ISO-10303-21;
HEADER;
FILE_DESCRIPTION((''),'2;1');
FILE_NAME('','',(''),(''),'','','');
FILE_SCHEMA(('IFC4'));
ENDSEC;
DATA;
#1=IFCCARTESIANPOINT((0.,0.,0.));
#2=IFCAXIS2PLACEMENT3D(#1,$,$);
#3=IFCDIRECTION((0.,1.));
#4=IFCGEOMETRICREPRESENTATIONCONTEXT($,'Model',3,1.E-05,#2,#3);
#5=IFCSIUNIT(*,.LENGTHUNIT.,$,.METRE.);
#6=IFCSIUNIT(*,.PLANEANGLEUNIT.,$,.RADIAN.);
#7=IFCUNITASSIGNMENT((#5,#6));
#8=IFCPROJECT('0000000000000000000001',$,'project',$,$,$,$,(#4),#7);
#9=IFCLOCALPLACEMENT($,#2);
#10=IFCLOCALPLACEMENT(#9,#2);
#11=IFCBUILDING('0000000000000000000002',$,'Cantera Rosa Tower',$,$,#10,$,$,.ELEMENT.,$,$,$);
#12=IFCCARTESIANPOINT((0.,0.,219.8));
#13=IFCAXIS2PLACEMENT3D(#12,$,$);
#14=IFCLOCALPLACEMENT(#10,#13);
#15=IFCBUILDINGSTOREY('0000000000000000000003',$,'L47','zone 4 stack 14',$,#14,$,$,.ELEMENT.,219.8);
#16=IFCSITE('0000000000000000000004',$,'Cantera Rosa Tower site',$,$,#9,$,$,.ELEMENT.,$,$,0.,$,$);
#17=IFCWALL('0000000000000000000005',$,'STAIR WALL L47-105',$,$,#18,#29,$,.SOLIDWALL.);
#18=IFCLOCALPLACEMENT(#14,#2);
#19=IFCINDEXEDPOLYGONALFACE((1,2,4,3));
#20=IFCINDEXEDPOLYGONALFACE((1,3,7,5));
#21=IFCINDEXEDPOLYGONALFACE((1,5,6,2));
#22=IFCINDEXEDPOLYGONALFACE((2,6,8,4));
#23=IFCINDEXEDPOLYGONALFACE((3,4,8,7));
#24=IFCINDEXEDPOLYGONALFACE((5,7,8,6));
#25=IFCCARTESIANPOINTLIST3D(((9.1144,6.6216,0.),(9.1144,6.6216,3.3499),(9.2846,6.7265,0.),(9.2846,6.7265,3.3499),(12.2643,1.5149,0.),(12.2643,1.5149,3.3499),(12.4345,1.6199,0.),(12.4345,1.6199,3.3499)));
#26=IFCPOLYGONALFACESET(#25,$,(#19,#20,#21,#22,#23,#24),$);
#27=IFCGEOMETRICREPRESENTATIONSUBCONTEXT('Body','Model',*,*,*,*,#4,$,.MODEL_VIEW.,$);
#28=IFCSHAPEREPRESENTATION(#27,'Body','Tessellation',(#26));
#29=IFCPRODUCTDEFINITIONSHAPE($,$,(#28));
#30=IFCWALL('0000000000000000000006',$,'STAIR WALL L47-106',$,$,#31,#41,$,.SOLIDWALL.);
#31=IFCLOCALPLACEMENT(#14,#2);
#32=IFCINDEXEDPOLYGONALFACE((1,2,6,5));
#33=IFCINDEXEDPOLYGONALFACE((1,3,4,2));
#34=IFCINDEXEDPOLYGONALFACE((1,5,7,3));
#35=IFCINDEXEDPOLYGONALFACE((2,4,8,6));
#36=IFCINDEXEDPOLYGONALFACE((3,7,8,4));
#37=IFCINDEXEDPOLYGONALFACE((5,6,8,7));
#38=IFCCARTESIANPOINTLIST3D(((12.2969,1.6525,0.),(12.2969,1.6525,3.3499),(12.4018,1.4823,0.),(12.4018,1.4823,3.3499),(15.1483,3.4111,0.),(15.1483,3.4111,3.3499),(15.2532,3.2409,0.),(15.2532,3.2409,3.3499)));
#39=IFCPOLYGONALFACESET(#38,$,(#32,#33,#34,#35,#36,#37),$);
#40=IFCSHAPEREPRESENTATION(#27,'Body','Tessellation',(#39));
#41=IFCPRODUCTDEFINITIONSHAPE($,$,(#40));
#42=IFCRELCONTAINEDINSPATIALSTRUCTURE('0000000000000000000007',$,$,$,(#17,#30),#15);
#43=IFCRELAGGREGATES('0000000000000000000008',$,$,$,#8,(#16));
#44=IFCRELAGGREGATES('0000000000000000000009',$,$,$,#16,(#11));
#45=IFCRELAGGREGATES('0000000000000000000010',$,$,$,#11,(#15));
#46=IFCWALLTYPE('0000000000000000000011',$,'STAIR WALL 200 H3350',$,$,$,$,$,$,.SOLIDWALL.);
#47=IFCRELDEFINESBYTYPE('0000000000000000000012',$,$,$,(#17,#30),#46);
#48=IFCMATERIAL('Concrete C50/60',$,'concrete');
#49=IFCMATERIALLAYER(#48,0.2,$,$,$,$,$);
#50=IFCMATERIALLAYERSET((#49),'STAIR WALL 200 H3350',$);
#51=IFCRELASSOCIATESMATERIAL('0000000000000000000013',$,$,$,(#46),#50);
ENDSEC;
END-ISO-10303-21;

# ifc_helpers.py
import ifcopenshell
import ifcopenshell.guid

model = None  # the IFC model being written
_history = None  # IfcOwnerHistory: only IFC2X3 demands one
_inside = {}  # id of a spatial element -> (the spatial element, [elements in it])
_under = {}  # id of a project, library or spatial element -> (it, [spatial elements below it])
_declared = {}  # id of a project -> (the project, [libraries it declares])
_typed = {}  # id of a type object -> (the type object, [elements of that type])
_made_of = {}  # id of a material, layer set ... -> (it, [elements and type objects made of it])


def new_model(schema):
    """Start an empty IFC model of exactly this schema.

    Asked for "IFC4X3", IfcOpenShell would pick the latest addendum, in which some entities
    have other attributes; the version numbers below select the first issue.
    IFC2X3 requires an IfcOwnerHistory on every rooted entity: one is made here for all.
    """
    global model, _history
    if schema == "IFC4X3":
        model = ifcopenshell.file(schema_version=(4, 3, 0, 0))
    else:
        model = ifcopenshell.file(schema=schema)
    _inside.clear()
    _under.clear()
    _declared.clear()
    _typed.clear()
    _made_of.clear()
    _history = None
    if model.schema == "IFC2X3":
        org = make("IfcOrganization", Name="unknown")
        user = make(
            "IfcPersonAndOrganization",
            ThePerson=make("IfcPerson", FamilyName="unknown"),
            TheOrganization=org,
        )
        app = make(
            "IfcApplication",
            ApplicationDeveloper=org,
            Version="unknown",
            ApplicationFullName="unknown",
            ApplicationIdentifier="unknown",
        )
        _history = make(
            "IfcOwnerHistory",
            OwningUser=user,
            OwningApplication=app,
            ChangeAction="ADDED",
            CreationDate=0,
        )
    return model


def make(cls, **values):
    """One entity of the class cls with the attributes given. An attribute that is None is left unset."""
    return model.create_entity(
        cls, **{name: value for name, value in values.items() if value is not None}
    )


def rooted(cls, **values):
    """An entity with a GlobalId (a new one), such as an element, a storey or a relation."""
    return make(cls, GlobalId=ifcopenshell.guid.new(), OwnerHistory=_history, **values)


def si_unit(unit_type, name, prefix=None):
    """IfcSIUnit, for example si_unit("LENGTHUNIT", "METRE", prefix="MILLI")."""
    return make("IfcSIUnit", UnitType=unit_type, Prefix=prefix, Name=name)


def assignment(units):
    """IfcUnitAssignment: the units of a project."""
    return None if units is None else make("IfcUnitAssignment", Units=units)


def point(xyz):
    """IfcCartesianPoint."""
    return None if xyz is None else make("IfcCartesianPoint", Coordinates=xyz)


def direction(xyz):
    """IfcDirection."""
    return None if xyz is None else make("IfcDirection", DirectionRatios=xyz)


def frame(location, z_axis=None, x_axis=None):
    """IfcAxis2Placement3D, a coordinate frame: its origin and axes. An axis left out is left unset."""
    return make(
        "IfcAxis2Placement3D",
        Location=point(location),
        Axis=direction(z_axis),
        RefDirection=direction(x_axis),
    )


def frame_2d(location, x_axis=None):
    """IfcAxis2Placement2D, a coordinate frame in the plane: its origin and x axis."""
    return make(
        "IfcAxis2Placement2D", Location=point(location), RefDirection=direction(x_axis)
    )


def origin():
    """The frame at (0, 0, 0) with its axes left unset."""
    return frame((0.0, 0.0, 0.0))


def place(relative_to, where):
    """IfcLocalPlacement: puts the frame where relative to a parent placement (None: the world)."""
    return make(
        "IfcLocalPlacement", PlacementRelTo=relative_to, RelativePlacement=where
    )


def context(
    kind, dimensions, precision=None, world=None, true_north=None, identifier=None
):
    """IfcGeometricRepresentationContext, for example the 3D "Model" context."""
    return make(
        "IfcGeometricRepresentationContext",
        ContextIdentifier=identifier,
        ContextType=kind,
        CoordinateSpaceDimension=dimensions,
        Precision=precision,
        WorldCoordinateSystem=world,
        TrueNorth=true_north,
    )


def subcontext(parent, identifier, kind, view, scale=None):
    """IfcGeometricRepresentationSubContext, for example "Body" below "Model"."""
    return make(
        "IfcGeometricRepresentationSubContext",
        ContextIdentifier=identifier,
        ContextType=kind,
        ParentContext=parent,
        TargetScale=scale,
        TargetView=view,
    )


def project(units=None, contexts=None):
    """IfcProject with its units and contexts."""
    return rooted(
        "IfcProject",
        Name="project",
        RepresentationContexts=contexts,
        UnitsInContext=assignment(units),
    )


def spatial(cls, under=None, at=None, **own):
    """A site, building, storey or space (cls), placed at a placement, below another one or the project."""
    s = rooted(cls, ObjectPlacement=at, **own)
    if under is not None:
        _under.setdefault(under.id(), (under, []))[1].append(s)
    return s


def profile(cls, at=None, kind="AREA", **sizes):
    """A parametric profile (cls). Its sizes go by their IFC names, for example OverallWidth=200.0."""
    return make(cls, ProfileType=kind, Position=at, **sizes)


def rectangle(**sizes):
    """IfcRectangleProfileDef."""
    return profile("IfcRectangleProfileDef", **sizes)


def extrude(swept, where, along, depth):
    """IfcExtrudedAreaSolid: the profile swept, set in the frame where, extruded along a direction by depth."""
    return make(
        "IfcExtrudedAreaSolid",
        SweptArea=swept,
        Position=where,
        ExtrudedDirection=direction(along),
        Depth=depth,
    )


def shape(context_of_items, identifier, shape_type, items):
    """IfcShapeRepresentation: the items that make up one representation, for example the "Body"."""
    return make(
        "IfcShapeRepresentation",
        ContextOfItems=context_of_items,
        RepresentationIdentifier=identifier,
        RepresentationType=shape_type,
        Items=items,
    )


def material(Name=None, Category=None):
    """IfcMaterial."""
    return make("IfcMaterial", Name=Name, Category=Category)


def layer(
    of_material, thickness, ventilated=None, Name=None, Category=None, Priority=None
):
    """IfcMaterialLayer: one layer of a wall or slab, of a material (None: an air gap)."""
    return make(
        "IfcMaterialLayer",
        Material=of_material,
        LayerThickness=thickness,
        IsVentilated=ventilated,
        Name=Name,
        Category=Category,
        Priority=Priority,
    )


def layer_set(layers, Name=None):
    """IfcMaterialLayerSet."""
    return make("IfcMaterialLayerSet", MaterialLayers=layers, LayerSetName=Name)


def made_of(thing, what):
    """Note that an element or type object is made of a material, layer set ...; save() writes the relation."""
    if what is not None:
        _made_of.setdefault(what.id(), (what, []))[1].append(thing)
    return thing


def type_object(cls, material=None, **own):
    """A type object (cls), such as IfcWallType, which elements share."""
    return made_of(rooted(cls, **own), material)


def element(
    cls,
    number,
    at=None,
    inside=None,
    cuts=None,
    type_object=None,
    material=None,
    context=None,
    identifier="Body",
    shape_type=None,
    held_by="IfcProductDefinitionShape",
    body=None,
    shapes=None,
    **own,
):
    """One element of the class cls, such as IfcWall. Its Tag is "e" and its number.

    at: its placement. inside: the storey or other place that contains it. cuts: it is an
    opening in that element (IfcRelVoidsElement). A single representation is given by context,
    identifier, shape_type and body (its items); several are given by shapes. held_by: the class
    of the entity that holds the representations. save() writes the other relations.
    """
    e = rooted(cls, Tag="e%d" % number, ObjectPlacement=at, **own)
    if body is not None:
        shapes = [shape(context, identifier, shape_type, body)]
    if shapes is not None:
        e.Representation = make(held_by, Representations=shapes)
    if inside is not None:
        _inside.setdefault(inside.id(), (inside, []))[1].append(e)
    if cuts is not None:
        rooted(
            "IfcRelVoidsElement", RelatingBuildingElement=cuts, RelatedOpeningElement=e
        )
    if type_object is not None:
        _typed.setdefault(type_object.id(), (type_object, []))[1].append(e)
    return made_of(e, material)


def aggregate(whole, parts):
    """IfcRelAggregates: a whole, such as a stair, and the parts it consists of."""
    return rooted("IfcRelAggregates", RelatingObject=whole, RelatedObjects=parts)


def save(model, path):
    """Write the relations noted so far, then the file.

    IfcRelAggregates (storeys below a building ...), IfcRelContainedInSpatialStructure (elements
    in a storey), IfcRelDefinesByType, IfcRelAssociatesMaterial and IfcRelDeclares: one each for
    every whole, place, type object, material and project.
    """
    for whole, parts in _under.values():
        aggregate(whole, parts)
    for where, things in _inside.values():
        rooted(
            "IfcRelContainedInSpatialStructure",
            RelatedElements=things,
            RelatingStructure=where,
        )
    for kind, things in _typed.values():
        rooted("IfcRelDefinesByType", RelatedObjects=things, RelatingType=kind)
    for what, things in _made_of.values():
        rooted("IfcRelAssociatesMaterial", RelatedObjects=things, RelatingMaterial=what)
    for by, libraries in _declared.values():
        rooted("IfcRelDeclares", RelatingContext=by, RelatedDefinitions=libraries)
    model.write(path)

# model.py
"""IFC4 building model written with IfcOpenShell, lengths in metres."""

from ifc_helpers import new_model, si_unit, direction, frame, frame_2d, origin, place, context, subcontext, project, spatial, rectangle, extrude, material, layer, layer_set, type_object, element, save


model = new_model("IFC4")

# Units and contexts
model_context = context("Model", 3, precision=1e-05, world=origin(), true_north=direction((0.0, 1.0)))
body_context = subcontext(model_context, "Body", "Model", "MODEL_VIEW")
ifc_project = project(units=[si_unit("LENGTHUNIT", "METRE"), si_unit("PLANEANGLEUNIT", "RADIAN")], contexts=[model_context])

# Site, building, storey
site_placement = place(None, origin())
site = spatial("IfcSite", under=ifc_project, at=site_placement, Name="Cantera Rosa Tower site", CompositionType="ELEMENT", RefElevation=0.0)
building_placement = place(site_placement, origin())
building = spatial("IfcBuilding", under=site, at=building_placement, Name="Cantera Rosa Tower", CompositionType="ELEMENT")
storey_placement = place(building_placement, frame((0.0, 0.0, 219.8)))
storey = spatial("IfcBuildingStorey", under=building, at=storey_placement, Name="L47", Description="zone 4 stack 14", CompositionType="ELEMENT", Elevation=219.8)

# Walls
ifc_material_1 = material(Name="Concrete C50/60", Category="concrete")
ifc_layer_1 = layer(ifc_material_1, 0.2)
ifc_layer_set_1 = layer_set([ifc_layer_1], Name="STAIR WALL 200 H3350")
wall_type_1 = type_object("IfcWallType", Name="STAIR WALL 200 H3350", PredefinedType="SOLIDWALL", material=ifc_layer_set_1)
wall_1_placement = place(storey_placement, frame((12.3494, 1.5674, 0.0), z_axis=(0.0, 0.0, 1.0), x_axis=(-0.524983, 0.851113, 0.0)))
element("IfcWall", 1, at=wall_1_placement, inside=storey, type_object=wall_type_1, Name="STAIR WALL L47-105", PredefinedType="SOLIDWALL", context=body_context, shape_type="SweptSolid", body=[
    extrude(rectangle(XDim=6.0, YDim=0.2, at=frame_2d((3.0, 0.0))), origin(), (0.0, 0.0, 1.0), 3.3499),
])
wall_2_placement = place(storey_placement, frame((12.3494, 1.5674, 0.0), z_axis=(0.0, 0.0, 1.0), x_axis=(0.85114, 0.524939, 0.0)))
element("IfcWall", 2, at=wall_2_placement, inside=storey, type_object=wall_type_1, Name="STAIR WALL L47-106", PredefinedType="SOLIDWALL", context=body_context, shape_type="SweptSolid", body=[
    extrude(rectangle(XDim=3.3501, YDim=0.2, at=frame_2d((1.675, 0.0))), origin(), (0.0, 0.0, 1.0), 3.3499),
])

save(model, "model.ifc")
